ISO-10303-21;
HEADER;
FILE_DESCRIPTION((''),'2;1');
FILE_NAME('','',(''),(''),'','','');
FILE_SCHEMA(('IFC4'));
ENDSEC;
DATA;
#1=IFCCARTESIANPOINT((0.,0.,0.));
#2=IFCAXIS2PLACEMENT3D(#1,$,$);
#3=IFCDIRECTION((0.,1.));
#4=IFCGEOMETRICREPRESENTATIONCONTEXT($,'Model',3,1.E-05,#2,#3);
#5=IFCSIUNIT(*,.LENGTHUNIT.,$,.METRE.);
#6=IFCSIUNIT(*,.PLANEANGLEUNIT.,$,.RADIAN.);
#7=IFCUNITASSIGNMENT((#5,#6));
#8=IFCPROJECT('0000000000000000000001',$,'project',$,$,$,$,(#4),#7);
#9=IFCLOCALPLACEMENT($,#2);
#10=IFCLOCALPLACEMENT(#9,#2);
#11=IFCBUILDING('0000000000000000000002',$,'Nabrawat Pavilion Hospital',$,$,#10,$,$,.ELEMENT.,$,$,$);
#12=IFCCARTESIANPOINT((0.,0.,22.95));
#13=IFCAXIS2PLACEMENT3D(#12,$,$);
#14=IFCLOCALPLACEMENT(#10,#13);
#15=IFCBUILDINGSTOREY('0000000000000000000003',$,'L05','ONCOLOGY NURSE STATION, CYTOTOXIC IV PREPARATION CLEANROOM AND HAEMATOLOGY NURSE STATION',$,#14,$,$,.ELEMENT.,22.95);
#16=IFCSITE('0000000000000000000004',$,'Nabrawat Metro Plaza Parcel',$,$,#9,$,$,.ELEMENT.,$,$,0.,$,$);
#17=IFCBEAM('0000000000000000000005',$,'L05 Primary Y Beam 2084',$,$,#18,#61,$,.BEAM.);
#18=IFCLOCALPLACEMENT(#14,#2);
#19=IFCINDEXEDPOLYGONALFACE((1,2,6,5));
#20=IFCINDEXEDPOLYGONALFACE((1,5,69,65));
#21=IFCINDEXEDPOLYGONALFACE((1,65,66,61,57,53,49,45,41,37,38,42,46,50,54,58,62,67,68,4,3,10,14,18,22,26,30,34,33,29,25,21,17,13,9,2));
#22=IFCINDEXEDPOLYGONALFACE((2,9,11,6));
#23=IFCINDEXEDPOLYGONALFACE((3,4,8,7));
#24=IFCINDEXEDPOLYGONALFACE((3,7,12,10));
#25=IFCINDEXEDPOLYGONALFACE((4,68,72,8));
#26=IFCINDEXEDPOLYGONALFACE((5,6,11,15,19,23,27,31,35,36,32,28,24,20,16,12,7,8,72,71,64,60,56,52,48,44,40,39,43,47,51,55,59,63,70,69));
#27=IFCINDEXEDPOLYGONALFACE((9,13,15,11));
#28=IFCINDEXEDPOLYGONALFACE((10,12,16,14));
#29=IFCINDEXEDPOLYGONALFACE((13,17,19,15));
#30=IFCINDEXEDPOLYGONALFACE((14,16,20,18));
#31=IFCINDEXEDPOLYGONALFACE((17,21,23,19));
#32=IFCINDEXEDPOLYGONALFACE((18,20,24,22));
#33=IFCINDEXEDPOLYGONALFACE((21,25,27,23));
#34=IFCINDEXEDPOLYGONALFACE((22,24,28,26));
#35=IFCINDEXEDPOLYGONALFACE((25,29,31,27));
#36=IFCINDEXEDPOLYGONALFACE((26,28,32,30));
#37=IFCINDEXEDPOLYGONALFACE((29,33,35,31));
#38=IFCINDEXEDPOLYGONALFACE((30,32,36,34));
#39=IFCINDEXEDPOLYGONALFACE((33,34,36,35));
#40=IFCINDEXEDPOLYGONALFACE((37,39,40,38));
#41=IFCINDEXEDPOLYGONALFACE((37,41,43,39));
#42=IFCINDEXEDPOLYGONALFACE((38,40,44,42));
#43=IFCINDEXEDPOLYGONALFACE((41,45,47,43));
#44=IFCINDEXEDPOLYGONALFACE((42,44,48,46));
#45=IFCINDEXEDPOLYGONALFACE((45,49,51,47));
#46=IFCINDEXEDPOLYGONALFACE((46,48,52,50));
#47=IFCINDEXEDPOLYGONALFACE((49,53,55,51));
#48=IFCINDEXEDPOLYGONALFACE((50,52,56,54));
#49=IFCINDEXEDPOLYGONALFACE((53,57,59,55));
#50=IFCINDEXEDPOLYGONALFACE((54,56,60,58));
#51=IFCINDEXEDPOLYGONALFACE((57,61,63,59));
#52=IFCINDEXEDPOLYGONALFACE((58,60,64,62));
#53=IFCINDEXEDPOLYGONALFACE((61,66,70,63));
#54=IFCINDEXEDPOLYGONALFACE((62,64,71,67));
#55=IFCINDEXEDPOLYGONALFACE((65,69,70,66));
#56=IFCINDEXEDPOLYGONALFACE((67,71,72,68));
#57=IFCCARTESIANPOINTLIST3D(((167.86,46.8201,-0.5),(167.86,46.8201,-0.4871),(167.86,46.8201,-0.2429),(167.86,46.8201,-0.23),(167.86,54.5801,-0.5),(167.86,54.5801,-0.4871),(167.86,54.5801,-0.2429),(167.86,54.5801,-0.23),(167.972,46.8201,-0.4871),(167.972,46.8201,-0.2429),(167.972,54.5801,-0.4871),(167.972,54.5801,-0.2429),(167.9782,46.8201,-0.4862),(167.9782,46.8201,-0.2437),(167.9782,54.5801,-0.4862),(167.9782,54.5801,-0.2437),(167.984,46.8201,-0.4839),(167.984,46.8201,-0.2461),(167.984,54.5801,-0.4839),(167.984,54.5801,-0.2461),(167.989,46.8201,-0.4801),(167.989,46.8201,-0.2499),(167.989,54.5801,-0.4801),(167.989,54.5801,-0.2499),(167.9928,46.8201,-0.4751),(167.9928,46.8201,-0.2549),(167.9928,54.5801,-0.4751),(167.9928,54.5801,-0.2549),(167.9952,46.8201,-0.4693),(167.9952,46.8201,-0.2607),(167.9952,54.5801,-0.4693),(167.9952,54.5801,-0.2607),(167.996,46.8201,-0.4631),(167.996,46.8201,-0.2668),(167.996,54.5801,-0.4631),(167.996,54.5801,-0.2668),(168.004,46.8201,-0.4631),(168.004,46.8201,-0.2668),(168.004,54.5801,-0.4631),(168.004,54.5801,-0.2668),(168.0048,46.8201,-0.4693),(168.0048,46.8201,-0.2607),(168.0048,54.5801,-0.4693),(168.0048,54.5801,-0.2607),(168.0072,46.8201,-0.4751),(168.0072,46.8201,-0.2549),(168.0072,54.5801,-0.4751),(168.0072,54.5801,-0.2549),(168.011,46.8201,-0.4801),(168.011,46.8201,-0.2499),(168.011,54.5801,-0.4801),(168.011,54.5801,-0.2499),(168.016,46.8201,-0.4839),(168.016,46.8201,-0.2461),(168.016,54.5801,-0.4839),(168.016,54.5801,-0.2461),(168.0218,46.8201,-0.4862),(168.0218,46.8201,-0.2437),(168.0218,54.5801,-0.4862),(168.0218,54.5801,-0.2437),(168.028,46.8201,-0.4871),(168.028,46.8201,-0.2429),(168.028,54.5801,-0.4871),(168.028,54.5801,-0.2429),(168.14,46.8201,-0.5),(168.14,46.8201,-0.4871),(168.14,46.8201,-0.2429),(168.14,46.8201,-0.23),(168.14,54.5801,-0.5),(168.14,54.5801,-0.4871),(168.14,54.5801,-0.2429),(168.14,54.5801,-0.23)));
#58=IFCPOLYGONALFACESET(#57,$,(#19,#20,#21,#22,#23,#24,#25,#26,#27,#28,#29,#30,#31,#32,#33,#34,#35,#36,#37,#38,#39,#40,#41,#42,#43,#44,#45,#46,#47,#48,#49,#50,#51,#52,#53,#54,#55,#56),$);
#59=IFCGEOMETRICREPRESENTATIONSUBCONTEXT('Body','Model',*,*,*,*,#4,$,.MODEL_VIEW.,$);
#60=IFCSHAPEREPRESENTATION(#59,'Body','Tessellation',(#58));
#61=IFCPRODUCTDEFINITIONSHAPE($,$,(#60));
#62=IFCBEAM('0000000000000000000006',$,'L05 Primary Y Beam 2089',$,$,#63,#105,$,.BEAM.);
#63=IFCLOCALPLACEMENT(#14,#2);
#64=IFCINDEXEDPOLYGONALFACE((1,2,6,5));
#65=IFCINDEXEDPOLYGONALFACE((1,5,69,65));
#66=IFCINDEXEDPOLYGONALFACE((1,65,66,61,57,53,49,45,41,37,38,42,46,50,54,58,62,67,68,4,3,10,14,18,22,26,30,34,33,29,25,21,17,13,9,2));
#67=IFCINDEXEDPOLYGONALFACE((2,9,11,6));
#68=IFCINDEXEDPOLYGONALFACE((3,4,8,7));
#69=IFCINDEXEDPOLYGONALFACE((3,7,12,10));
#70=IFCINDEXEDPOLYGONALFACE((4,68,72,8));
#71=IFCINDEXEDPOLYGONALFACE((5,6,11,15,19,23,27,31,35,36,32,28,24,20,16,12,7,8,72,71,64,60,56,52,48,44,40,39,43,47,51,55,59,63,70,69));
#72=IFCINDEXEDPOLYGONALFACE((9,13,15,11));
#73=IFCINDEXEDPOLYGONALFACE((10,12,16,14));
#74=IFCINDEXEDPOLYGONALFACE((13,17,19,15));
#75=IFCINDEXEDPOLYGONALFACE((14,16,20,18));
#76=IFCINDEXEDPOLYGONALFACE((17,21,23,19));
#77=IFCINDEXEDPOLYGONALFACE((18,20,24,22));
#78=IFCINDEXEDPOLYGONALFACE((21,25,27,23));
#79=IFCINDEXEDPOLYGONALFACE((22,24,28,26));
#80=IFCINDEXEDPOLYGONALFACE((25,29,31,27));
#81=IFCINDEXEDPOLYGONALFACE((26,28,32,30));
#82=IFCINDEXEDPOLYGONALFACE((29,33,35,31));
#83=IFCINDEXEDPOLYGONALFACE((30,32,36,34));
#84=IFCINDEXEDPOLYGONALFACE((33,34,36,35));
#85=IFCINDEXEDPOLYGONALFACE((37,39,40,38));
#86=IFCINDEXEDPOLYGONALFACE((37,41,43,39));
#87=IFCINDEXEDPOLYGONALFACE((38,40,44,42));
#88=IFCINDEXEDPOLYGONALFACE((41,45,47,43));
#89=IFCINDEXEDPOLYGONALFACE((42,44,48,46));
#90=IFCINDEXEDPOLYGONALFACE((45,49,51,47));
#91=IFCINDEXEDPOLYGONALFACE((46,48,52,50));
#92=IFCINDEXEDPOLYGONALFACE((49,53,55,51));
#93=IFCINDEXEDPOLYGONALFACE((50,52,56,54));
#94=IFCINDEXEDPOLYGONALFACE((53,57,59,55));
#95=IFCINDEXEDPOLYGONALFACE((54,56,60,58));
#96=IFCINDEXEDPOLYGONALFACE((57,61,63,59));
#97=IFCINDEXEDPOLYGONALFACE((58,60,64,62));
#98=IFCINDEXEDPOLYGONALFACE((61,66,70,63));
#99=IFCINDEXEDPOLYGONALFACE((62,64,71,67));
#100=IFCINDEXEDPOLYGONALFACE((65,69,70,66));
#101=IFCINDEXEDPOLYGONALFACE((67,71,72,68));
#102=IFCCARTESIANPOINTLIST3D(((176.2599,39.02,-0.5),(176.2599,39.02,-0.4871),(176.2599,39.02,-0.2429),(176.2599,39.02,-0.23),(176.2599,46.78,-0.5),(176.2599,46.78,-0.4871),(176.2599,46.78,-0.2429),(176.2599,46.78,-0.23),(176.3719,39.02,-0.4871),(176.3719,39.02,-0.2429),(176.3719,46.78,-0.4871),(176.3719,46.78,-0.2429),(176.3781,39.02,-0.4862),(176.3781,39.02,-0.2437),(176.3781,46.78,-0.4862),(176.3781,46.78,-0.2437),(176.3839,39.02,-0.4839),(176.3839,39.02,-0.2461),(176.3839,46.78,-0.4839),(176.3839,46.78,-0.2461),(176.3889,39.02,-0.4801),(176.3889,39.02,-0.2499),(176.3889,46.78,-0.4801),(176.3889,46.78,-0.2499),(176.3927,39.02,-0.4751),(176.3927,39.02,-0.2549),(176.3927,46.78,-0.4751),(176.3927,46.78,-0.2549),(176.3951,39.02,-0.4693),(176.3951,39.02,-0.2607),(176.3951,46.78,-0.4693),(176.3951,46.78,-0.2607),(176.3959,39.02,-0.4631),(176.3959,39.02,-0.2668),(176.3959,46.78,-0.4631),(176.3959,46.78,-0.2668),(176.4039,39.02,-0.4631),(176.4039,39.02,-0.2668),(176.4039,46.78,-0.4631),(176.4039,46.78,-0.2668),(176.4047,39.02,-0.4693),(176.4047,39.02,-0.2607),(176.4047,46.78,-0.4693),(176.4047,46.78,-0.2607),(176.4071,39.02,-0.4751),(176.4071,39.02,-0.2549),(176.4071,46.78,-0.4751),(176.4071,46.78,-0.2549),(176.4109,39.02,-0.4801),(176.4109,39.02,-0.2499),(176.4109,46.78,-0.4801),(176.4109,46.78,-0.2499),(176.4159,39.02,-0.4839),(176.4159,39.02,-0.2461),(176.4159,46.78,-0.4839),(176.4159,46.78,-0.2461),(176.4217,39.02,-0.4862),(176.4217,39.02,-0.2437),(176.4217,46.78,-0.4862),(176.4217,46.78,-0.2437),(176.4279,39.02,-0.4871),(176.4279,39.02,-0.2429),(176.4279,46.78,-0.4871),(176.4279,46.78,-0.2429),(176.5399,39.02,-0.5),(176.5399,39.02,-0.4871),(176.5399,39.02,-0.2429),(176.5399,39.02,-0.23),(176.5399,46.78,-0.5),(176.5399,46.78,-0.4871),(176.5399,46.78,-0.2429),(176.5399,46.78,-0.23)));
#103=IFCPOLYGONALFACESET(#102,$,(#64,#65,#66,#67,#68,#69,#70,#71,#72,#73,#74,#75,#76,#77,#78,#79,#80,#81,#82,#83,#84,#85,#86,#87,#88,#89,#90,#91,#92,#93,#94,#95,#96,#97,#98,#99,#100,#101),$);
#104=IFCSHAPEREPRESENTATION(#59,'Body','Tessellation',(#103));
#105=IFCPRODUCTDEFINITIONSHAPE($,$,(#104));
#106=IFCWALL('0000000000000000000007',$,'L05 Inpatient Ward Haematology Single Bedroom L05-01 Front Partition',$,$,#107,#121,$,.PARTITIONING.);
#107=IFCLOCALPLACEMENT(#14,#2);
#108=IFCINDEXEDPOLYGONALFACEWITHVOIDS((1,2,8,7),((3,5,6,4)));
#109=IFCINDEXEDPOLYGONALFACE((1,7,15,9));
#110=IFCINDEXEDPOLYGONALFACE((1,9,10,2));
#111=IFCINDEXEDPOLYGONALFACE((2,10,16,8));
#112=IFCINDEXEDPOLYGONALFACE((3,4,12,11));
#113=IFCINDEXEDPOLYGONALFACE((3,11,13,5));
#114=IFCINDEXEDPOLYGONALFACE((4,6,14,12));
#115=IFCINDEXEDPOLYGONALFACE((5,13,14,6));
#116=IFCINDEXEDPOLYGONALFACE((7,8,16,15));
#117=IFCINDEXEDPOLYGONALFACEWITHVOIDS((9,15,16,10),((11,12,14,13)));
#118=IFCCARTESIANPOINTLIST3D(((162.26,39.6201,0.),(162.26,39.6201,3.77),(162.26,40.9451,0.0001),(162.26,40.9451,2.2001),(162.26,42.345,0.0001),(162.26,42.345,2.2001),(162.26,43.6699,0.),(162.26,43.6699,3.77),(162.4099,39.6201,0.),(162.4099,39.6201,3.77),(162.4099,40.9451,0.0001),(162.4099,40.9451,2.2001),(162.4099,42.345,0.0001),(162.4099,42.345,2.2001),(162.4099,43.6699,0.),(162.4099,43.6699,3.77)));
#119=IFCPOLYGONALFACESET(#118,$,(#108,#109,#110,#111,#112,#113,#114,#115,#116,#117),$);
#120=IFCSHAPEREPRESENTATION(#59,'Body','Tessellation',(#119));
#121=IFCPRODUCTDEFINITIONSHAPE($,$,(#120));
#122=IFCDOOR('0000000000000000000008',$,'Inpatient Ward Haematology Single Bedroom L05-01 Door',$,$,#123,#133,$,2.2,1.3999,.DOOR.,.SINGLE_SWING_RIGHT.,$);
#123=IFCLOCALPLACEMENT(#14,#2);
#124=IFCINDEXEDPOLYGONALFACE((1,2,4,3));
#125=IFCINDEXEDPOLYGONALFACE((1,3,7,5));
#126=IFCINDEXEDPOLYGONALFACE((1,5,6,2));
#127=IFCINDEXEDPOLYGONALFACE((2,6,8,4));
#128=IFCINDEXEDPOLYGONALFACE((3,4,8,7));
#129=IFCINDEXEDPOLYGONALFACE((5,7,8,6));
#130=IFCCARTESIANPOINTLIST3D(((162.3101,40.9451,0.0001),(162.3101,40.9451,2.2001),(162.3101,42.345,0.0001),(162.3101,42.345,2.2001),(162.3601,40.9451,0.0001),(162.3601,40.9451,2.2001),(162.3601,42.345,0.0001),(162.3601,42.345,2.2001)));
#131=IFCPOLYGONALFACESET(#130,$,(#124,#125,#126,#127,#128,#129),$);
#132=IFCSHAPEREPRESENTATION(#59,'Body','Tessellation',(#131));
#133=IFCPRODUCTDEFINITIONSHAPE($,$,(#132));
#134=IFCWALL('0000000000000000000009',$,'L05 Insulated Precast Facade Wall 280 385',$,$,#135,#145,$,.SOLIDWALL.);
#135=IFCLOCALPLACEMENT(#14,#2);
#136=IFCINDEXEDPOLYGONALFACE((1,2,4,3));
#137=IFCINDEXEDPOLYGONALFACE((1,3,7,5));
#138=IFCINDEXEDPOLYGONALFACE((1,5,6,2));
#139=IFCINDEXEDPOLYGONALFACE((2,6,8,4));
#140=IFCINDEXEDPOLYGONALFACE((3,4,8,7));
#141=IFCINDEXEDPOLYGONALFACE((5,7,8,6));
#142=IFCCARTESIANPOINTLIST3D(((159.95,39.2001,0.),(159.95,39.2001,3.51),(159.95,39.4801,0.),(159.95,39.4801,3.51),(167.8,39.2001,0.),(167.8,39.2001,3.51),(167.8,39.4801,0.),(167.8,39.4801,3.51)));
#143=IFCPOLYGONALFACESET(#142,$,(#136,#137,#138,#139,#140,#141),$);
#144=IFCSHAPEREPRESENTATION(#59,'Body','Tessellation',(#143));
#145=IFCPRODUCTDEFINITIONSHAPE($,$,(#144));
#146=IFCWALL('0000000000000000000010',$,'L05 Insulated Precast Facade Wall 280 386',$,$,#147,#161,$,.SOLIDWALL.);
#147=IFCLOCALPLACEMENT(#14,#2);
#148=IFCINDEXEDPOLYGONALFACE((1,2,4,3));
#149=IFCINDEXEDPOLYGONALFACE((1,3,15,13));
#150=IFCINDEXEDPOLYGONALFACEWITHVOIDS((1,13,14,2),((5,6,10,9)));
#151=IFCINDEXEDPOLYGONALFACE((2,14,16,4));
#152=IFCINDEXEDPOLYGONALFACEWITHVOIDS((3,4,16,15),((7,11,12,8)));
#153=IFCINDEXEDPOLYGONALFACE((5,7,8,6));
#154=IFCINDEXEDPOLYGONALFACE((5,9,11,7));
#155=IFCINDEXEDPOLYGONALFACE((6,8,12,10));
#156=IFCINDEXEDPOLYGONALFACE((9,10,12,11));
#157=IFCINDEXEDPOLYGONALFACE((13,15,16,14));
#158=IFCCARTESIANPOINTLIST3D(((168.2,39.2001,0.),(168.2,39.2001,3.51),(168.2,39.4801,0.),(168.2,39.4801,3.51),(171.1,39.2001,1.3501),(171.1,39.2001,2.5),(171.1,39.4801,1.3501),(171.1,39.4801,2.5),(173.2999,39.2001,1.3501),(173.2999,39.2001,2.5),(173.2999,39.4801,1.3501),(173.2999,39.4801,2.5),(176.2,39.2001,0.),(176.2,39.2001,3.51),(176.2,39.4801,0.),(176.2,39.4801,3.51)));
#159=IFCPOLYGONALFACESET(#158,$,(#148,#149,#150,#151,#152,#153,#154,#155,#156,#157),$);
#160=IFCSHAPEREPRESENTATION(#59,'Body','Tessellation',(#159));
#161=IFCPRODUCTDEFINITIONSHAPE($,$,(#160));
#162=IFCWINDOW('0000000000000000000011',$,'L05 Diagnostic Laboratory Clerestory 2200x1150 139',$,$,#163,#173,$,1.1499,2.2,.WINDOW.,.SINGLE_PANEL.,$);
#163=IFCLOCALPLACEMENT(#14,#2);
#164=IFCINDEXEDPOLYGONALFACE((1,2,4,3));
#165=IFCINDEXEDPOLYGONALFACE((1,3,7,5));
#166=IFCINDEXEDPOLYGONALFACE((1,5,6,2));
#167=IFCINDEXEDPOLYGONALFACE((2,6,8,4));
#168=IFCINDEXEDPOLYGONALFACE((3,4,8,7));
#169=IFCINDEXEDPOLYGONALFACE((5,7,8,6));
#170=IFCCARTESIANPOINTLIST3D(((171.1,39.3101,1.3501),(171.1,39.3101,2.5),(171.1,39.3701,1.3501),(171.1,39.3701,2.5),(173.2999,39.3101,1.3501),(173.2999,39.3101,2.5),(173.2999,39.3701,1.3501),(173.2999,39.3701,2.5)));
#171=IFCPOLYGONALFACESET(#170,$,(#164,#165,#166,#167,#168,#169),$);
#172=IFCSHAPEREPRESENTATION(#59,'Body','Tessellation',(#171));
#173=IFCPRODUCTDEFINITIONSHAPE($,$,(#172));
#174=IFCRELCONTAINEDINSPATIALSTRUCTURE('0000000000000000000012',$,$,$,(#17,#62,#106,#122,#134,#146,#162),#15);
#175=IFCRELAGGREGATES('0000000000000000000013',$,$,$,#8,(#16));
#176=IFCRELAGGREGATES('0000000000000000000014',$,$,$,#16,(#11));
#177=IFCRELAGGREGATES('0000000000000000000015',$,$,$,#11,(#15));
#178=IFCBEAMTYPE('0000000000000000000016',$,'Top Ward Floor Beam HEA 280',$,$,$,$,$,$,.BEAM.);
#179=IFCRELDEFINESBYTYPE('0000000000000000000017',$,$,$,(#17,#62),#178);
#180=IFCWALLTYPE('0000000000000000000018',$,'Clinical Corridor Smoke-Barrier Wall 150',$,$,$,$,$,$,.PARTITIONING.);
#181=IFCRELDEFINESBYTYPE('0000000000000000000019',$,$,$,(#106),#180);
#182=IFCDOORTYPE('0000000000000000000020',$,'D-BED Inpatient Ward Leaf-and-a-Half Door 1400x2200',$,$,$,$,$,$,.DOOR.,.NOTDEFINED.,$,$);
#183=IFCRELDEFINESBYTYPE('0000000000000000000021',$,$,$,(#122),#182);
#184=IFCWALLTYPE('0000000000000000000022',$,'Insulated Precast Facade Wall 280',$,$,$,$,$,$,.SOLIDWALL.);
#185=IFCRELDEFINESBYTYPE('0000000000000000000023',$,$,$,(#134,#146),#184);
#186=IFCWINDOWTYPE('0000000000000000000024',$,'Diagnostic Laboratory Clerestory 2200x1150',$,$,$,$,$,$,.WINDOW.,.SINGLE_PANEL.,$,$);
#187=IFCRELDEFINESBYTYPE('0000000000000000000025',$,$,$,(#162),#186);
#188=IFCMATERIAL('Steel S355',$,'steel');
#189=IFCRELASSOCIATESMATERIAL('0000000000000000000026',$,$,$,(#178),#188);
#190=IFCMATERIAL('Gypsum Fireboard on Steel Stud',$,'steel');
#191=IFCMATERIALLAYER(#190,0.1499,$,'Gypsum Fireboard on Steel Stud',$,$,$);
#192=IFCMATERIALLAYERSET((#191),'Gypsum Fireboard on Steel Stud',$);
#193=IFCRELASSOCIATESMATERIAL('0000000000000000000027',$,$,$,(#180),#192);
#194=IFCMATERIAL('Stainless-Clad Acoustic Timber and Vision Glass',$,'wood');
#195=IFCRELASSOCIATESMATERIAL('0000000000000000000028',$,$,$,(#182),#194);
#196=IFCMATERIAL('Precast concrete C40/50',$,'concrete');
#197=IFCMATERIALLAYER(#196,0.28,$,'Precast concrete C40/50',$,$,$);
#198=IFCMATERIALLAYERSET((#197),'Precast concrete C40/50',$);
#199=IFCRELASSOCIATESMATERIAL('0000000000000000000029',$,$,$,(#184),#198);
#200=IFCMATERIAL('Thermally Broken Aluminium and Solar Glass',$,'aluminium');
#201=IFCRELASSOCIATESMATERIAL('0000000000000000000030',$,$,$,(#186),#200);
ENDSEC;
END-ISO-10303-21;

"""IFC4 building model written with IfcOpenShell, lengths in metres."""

from ifc_helpers import new_model, si_unit, direction, frame, frame_2d, origin, origin_2d, place, context, subcontext, project, spatial, rectangle, i_section, extrude, material, layer, layer_set, material_profile, profile_set, type_object, element, fill, save


model = new_model("IFC4")

# Units and contexts
model_context = context("Model", 3, precision=1e-05, world=origin(), true_north=direction((0.0, 1.0)))
body_context = subcontext(model_context, "Body", "Model", "MODEL_VIEW")
ifc_project = project(units=[si_unit("LENGTHUNIT", "METRE"), si_unit("PLANEANGLEUNIT", "RADIAN")], contexts=[model_context])

# Site, building, storey
site_placement = place(None, origin())
site = spatial("IfcSite", under=ifc_project, at=site_placement, Name="Nabrawat Metro Plaza Parcel", CompositionType="ELEMENT", RefElevation=0.0)
building_placement = place(site_placement, origin())
building = spatial("IfcBuilding", under=site, at=building_placement, Name="Nabrawat Pavilion Hospital", CompositionType="ELEMENT")
storey_placement = place(building_placement, frame((0.0, 0.0, 22.95)))
storey = spatial("IfcBuildingStorey", under=building, at=storey_placement, Name="L05", Description="ONCOLOGY NURSE STATION, CYTOTOXIC IV PREPARATION CLEANROOM AND HAEMATOLOGY NURSE STATION", CompositionType="ELEMENT", Elevation=22.95)

# Shared definitions
ifc_material_1 = material(Name="Steel S355", Category="steel")

# Beams
ifc_material_profile_1 = material_profile(ifc_material_1, i_section(OverallWidth=0.28, OverallDepth=0.27, WebThickness=0.0081, FlangeThickness=0.0129, FilletRadius=0.0239, at=origin_2d()), Name="HEA 280")
ifc_profile_set_1 = profile_set([ifc_material_profile_1], Name="Steel S355")
beam_type_1 = type_object("IfcBeamType", Name="Top Ward Floor Beam HEA 280", PredefinedType="BEAM", material=ifc_profile_set_1)
for number, where, z_axis, x_axis, name in (
    (1, (168.0, 46.8201, -0.365), (0.0, 1.0, 0.0), (-1.0, 0.0, 0.0), "L05 Primary Y Beam 2084"),
    (2, (176.3999, 39.02, -0.365), (0.0, 1.0, 0.0), (-1.0, 0.0, 0.0), "L05 Primary Y Beam 2089"),
):
    element("IfcBeam", number, at=place(storey_placement, frame(where, z_axis=z_axis, x_axis=x_axis)), inside=storey, type_object=beam_type_1, Name=name, PredefinedType="BEAM", context=body_context, shape_type="SweptSolid", body=[
        extrude(i_section(OverallWidth=0.28, OverallDepth=0.27, WebThickness=0.0081, FlangeThickness=0.0129, FilletRadius=0.0239, at=origin_2d()), origin(), (0.0, 0.0, 1.0), 7.76),
    ])

# Wall, opening, door
ifc_material_2 = material(Name="Gypsum Fireboard on Steel Stud", Category="steel")
ifc_layer_1 = layer(ifc_material_2, 0.1499, Name="Gypsum Fireboard on Steel Stud")
ifc_layer_set_1 = layer_set([ifc_layer_1], Name="Gypsum Fireboard on Steel Stud")
wall_type_1 = type_object("IfcWallType", Name="Clinical Corridor Smoke-Barrier Wall 150", PredefinedType="PARTITIONING", material=ifc_layer_set_1)
wall_1_placement = place(storey_placement, frame((162.335, 39.6201, 0.0), z_axis=(0.0, 0.0, 1.0), x_axis=(0.0, 1.0, 0.0)))
wall_1 = element("IfcWall", 3, at=wall_1_placement, inside=storey, type_object=wall_type_1, Name="L05 Inpatient Ward Haematology Single Bedroom L05-01 Front Partition", PredefinedType="PARTITIONING", context=body_context, shape_type="SweptSolid", body=[
    extrude(rectangle(XDim=4.0498, YDim=0.1499, at=frame_2d((2.0249, 0.0))), origin(), (0.0, 0.0, 1.0), 3.77),
])
opening_1_placement = place(wall_1_placement, frame((1.325, 0.0, 0.0)))
opening_1 = element("IfcOpeningElement", 4, at=opening_1_placement, cuts=wall_1, PredefinedType="OPENING", context=body_context, shape_type="SweptSolid", body=[
    extrude(rectangle(XDim=1.3999, YDim=2.2, at=frame_2d((0.7, 1.1001))), frame((0.0, 0.085, 0.0), z_axis=(0.0, -1.0, 0.0), x_axis=(1.0, 0.0, 0.0)), (0.0, 0.0, 1.0), 0.1699),
])
ifc_material_3 = material(Name="Stainless-Clad Acoustic Timber and Vision Glass", Category="wood")
door_type_1 = type_object("IfcDoorType", Name="D-BED Inpatient Ward Leaf-and-a-Half Door 1400x2200", OperationType="NOTDEFINED", PredefinedType="DOOR", material=ifc_material_3)
door_1_placement = place(opening_1_placement, origin())
door_1 = element("IfcDoor", 5, at=door_1_placement, inside=storey, type_object=door_type_1, Name="Inpatient Ward Haematology Single Bedroom L05-01 Door", OperationType="SINGLE_SWING_RIGHT", OverallHeight=2.2, OverallWidth=1.3999, PredefinedType="DOOR", context=body_context, shape_type="SweptSolid", body=[
    extrude(rectangle(XDim=1.3999, YDim=2.2, at=frame_2d((0.7, 1.1001))), frame((0.0, 0.0249, 0.0), z_axis=(0.0, -1.0, 0.0), x_axis=(1.0, 0.0, 0.0)), (0.0, 0.0, 1.0), 0.05),
])
fill(opening_1, door_1)

# Wall
ifc_material_4 = material(Name="Precast concrete C40/50", Category="concrete")
ifc_layer_2 = layer(ifc_material_4, 0.28, Name="Precast concrete C40/50")
ifc_layer_set_2 = layer_set([ifc_layer_2], Name="Precast concrete C40/50")
wall_type_2 = type_object("IfcWallType", Name="Insulated Precast Facade Wall 280", PredefinedType="SOLIDWALL", material=ifc_layer_set_2)
wall_2_placement = place(storey_placement, frame((159.95, 39.3401, 0.0), z_axis=(0.0, 0.0, 1.0), x_axis=(1.0, 0.0, 0.0)))
element("IfcWall", 6, at=wall_2_placement, inside=storey, type_object=wall_type_2, Name="L05 Insulated Precast Facade Wall 280 385", PredefinedType="SOLIDWALL", context=body_context, shape_type="SweptSolid", body=[
    extrude(rectangle(XDim=7.8501, YDim=0.28, at=frame_2d((3.925, 0.0))), origin(), (0.0, 0.0, 1.0), 3.51),
])

# Wall, opening, window
wall_3_placement = place(storey_placement, frame((168.2, 39.3401, 0.0), z_axis=(0.0, 0.0, 1.0), x_axis=(1.0, 0.0, 0.0)))
wall_3 = element("IfcWall", 7, at=wall_3_placement, inside=storey, type_object=wall_type_2, Name="L05 Insulated Precast Facade Wall 280 386", PredefinedType="SOLIDWALL", context=body_context, shape_type="SweptSolid", body=[
    extrude(rectangle(XDim=8.0, YDim=0.28, at=frame_2d((4.0, 0.0))), origin(), (0.0, 0.0, 1.0), 3.51),
])
opening_2_placement = place(wall_3_placement, frame((2.8999, 0.0, 1.3501)))
opening_2 = element("IfcOpeningElement", 8, at=opening_2_placement, cuts=wall_3, PredefinedType="OPENING", context=body_context, shape_type="SweptSolid", body=[
    extrude(rectangle(XDim=2.2, YDim=1.1499, at=frame_2d((1.1001, 0.575))), frame((0.0, 0.1499, 0.0), z_axis=(0.0, -1.0, 0.0), x_axis=(1.0, 0.0, 0.0)), (0.0, 0.0, 1.0), 0.3),
])
ifc_material_5 = material(Name="Thermally Broken Aluminium and Solar Glass", Category="aluminium")
window_type = type_object("IfcWindowType", Name="Diagnostic Laboratory Clerestory 2200x1150", PartitioningType="SINGLE_PANEL", PredefinedType="WINDOW", material=ifc_material_5)
window_placement = place(opening_2_placement, origin())
window = element("IfcWindow", 9, at=window_placement, inside=storey, type_object=window_type, Name="L05 Diagnostic Laboratory Clerestory 2200x1150 139", OverallHeight=1.1499, OverallWidth=2.2, PartitioningType="SINGLE_PANEL", PredefinedType="WINDOW", context=body_context, shape_type="SweptSolid", body=[
    extrude(rectangle(XDim=2.2, YDim=1.1499, at=frame_2d((1.1001, 0.575))), frame((0.0, 0.03, 0.0), z_axis=(0.0, -1.0, 0.0), x_axis=(1.0, 0.0, 0.0)), (0.0, 0.0, 1.0), 0.0601),
])
fill(opening_2, window)

save(model, "model.ifc")
